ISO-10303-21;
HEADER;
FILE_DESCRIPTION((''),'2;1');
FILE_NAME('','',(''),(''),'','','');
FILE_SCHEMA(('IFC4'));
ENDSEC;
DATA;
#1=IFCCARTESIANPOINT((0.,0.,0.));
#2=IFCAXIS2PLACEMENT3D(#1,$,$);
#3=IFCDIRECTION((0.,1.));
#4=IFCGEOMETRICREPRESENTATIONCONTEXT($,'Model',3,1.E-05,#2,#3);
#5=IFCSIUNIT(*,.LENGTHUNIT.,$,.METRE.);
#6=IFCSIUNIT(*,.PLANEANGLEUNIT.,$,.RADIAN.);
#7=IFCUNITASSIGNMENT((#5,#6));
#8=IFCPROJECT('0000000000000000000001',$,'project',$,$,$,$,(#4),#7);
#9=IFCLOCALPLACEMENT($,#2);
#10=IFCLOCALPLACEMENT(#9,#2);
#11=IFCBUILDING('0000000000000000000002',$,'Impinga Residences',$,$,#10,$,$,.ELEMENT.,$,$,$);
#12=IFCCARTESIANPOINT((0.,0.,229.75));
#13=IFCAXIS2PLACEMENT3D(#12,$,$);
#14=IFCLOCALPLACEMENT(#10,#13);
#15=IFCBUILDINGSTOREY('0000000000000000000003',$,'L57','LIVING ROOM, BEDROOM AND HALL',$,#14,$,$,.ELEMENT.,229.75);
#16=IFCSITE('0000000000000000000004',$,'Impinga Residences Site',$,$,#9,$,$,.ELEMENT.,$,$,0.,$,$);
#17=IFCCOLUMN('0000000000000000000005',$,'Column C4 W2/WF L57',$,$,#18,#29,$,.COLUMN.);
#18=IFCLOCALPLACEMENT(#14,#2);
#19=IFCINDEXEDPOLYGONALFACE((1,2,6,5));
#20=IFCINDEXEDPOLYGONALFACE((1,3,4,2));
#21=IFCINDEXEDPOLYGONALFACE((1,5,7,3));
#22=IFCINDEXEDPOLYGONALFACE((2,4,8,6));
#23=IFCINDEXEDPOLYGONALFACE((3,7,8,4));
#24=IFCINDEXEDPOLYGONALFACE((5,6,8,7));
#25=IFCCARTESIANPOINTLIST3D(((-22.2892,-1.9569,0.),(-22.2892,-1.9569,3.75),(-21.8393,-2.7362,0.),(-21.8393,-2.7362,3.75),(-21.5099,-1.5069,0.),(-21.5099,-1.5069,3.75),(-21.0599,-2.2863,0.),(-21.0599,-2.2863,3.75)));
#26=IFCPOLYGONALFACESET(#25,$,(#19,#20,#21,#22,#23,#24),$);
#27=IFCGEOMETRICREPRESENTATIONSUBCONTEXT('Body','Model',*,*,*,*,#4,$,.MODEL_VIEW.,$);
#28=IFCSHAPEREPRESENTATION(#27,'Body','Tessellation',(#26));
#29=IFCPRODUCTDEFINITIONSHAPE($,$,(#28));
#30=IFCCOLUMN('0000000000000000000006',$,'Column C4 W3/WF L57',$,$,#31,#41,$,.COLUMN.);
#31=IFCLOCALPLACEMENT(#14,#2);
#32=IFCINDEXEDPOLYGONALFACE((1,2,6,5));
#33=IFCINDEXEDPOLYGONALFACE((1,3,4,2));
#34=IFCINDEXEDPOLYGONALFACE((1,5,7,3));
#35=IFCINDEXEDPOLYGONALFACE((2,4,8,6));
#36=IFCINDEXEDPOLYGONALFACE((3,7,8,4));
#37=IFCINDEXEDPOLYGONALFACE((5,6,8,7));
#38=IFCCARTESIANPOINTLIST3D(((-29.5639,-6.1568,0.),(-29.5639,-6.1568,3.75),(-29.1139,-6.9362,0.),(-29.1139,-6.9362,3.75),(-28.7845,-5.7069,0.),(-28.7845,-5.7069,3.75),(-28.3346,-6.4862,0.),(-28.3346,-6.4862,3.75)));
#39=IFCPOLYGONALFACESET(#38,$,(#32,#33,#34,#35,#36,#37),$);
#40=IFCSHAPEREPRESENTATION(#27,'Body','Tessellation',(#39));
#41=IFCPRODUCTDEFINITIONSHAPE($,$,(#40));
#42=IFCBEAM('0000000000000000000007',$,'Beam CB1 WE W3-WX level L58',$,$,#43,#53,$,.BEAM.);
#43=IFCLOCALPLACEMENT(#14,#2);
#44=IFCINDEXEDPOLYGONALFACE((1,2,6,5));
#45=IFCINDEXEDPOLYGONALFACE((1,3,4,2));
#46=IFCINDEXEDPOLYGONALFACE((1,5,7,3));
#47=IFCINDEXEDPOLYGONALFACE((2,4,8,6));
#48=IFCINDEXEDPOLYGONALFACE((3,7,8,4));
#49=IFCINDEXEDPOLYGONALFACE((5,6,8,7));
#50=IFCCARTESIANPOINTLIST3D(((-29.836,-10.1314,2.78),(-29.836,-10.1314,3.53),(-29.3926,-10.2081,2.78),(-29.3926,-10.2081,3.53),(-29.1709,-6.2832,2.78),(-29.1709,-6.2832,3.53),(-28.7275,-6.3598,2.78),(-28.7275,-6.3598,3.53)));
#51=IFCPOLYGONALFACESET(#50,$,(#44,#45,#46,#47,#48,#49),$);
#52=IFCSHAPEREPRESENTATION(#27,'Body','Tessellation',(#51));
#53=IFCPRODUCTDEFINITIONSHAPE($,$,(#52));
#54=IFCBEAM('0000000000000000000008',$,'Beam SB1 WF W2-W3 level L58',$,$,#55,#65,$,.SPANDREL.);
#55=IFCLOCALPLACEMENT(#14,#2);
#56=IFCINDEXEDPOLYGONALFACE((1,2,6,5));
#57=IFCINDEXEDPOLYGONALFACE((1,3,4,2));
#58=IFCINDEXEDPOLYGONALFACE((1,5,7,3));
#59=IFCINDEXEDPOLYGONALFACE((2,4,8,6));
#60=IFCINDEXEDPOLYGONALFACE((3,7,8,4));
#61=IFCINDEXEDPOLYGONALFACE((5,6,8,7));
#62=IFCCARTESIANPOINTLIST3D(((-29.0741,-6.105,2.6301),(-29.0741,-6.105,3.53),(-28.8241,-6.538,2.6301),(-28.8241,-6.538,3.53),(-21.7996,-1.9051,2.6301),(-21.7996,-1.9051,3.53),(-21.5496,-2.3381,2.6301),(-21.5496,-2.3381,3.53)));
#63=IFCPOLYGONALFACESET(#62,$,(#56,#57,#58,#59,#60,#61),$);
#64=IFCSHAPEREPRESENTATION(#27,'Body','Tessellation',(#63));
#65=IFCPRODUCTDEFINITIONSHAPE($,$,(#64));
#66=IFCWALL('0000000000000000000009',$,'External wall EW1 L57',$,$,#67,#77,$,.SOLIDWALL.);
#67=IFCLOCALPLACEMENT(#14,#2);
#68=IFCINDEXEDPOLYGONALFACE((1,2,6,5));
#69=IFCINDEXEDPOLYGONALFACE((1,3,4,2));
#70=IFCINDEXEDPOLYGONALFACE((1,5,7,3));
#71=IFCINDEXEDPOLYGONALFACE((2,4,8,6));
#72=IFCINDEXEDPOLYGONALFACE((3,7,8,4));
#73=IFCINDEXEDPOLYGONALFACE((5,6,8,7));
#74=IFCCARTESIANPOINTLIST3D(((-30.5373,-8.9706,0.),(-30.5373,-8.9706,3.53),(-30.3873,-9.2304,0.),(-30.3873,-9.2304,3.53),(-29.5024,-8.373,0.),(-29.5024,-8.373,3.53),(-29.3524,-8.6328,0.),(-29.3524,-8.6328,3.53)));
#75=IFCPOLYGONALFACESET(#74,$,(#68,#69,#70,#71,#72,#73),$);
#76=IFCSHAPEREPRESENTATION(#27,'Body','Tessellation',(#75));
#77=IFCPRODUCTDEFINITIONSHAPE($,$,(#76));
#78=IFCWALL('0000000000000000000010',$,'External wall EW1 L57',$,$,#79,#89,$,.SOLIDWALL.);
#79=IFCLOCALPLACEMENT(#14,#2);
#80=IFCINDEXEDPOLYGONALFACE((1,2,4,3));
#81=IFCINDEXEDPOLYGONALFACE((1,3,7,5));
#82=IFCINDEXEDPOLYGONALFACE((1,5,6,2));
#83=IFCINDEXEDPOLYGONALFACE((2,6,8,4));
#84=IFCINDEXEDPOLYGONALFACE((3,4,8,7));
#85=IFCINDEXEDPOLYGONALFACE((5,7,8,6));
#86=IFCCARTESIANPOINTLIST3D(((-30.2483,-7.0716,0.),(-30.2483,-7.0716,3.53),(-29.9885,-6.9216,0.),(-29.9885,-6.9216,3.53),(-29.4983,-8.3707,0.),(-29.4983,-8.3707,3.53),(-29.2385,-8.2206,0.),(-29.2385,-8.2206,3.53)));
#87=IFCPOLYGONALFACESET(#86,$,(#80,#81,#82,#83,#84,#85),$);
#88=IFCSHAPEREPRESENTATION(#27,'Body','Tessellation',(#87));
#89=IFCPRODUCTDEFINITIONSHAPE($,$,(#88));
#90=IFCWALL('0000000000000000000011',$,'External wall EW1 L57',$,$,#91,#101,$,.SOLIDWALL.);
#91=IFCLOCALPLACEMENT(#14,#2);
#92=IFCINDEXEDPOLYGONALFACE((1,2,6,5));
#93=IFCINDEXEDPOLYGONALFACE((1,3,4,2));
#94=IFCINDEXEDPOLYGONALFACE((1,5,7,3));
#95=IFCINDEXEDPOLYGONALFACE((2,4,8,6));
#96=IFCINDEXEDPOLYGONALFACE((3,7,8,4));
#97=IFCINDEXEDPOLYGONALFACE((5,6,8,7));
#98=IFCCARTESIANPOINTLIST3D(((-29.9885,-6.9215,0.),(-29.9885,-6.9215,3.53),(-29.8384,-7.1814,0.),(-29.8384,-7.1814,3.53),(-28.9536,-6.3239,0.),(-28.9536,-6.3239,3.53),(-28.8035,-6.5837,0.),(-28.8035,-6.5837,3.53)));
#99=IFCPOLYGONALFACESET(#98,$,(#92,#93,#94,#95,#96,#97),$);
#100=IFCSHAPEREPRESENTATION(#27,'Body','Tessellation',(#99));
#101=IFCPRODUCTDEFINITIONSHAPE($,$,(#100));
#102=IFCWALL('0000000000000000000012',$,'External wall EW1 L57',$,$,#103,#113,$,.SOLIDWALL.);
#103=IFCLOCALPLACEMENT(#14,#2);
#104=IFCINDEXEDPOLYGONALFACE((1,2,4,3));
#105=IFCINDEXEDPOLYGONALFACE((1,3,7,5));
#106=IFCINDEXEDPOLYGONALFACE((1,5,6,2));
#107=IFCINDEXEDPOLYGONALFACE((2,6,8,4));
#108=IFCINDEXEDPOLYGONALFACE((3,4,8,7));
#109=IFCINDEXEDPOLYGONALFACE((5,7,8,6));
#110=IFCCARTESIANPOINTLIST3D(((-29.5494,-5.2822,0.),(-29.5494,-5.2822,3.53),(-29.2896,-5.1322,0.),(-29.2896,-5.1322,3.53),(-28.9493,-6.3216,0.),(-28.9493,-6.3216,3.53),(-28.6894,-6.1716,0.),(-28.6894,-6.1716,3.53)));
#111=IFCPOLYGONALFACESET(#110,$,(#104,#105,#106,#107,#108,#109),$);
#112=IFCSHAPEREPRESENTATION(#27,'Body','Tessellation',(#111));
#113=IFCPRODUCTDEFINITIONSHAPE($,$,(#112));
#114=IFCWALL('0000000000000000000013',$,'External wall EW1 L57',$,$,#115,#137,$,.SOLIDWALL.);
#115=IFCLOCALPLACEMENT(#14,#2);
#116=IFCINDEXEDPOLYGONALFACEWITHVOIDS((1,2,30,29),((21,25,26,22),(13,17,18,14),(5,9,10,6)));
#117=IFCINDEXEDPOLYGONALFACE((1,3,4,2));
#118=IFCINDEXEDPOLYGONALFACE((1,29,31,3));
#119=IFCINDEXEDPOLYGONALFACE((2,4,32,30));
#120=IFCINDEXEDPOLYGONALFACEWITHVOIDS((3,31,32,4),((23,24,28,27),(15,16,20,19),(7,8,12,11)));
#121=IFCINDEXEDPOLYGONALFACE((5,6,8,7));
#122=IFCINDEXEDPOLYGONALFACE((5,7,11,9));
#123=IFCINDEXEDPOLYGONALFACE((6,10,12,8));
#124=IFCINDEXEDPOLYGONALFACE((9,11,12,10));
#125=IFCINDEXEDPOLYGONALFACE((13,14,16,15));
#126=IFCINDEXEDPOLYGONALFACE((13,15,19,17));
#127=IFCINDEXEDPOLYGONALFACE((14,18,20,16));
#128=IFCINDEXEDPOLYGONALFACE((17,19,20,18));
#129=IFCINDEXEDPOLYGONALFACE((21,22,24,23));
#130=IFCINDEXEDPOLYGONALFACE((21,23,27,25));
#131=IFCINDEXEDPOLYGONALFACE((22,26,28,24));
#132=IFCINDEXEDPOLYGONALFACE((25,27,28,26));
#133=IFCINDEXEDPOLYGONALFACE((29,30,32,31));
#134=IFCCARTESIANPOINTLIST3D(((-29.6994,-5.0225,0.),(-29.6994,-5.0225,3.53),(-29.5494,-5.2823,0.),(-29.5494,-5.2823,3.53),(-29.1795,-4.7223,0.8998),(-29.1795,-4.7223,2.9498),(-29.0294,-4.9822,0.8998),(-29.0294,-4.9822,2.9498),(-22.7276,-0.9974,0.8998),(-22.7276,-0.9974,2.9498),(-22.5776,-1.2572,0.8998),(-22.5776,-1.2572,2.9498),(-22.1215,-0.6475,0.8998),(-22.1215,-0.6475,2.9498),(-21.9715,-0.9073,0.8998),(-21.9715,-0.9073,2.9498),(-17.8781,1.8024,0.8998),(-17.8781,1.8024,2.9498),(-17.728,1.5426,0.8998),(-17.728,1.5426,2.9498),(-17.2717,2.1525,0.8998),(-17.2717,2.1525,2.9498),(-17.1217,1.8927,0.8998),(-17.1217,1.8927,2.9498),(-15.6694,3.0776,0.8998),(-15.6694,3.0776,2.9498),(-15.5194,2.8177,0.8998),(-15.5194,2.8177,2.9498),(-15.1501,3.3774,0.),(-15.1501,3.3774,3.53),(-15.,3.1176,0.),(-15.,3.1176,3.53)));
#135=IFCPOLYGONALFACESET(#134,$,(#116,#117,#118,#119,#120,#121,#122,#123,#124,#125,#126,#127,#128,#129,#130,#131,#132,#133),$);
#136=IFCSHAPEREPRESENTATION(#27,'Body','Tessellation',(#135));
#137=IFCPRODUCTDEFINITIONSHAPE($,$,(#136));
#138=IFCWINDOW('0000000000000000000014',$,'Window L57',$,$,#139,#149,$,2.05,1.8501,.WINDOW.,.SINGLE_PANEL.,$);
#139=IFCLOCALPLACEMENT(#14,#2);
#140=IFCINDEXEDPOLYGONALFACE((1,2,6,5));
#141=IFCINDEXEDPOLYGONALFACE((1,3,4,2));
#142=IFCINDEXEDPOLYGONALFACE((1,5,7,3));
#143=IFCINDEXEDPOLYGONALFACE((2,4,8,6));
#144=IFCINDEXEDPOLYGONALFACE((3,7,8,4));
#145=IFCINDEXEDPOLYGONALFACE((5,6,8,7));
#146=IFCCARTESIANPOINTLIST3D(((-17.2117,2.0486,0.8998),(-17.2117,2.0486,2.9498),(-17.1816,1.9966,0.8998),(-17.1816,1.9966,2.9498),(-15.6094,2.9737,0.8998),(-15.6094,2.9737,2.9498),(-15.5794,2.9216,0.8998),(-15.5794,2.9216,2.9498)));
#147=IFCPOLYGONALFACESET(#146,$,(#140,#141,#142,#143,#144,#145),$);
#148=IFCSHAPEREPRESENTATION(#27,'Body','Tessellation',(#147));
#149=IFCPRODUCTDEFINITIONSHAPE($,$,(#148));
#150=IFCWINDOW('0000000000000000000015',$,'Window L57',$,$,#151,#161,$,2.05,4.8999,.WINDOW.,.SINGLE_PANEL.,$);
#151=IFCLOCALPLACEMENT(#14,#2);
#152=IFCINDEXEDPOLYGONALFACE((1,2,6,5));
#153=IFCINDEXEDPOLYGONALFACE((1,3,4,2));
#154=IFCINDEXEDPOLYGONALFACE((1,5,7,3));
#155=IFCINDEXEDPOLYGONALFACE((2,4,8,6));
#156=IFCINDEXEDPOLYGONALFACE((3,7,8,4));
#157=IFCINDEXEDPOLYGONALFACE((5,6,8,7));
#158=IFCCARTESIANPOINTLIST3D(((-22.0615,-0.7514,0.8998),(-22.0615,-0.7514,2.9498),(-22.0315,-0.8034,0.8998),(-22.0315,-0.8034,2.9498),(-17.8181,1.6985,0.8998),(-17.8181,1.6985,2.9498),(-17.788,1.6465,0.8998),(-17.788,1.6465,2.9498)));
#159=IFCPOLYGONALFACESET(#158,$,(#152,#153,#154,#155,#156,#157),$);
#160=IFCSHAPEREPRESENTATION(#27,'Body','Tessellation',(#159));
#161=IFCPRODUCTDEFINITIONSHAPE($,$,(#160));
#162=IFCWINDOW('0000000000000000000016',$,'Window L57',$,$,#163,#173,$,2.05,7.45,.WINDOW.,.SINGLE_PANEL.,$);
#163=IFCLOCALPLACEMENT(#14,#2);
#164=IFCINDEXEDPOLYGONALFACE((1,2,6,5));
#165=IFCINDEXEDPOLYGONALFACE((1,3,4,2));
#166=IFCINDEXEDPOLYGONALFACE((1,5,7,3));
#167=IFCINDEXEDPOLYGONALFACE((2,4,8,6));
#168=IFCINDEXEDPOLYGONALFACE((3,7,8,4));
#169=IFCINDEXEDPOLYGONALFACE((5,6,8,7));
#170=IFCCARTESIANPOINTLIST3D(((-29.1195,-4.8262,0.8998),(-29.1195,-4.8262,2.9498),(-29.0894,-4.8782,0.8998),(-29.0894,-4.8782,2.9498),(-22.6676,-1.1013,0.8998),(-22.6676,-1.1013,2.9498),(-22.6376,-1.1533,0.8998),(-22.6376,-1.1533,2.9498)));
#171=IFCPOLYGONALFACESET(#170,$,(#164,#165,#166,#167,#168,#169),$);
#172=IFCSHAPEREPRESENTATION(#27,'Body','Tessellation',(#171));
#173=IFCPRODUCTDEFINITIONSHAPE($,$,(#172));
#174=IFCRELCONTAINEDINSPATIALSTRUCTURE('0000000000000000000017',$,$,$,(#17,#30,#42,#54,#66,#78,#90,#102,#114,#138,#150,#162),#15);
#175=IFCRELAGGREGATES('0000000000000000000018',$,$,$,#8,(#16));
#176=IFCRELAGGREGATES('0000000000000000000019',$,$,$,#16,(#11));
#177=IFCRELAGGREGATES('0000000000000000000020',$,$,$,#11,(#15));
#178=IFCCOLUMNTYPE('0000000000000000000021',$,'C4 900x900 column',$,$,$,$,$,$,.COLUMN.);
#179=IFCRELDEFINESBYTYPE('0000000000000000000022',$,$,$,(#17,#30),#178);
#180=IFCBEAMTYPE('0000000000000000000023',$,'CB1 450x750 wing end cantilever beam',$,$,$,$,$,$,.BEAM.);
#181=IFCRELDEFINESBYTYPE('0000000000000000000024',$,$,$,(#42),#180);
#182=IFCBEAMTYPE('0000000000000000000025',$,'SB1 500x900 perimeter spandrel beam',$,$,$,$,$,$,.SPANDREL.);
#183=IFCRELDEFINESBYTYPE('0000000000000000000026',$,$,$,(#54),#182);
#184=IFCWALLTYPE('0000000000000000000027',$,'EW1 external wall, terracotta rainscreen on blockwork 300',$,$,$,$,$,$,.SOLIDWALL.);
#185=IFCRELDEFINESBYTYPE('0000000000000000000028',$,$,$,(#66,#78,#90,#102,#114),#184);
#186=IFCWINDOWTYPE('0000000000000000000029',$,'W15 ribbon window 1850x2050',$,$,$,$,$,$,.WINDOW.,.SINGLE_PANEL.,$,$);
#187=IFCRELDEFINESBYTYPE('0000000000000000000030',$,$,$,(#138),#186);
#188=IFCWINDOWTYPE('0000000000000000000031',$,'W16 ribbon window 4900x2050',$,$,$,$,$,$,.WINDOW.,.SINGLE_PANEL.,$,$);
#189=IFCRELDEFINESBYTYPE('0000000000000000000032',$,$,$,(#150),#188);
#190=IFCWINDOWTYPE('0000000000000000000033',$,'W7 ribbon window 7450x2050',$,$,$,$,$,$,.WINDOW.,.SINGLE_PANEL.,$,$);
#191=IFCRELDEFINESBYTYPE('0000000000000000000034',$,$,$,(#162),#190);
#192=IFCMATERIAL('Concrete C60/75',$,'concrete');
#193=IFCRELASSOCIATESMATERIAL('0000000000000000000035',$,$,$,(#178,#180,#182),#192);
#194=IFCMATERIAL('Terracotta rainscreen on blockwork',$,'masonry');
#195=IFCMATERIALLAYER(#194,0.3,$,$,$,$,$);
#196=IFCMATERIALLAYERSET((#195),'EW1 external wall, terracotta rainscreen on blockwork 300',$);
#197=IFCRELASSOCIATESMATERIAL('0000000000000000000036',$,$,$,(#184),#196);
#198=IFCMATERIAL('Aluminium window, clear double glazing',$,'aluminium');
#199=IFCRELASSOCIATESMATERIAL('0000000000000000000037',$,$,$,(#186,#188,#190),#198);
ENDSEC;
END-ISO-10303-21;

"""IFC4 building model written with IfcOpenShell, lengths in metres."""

from ifc_helpers import new_model, si_unit, direction, frame, frame_2d, origin, origin_2d, place, context, subcontext, project, spatial, rectangle, extrude, material, layer, layer_set, material_profile, profile_set, type_object, element, fill, save


model = new_model("IFC4")

# Units and contexts
model_context = context("Model", 3, precision=1e-05, world=origin(), true_north=direction((0.0, 1.0)))
body_context = subcontext(model_context, "Body", "Model", "MODEL_VIEW")
ifc_project = project(units=[si_unit("LENGTHUNIT", "METRE"), si_unit("PLANEANGLEUNIT", "RADIAN")], contexts=[model_context])

# Site, building, storey
site_placement = place(None, origin())
site = spatial("IfcSite", under=ifc_project, at=site_placement, Name="Impinga Residences Site", CompositionType="ELEMENT", RefElevation=0.0)
building_placement = place(site_placement, origin())
building = spatial("IfcBuilding", under=site, at=building_placement, Name="Impinga Residences", CompositionType="ELEMENT")
storey_placement = place(building_placement, frame((0.0, 0.0, 229.75)))
storey = spatial("IfcBuildingStorey", under=building, at=storey_placement, Name="L57", Description="LIVING ROOM, BEDROOM AND HALL", CompositionType="ELEMENT", Elevation=229.75)

# Columns
ifc_material_1 = material(Name="Concrete C60/75", Category="concrete")
ifc_material_profile_1 = material_profile(ifc_material_1, rectangle(XDim=0.8999, YDim=0.8999, at=origin_2d()), Name="RC 900x900")
ifc_profile_set_1 = profile_set([ifc_material_profile_1], Name="Concrete C60/75")
column_type = type_object("IfcColumnType", Name="C4 900x900 column", PredefinedType="COLUMN", material=ifc_profile_set_1)
for number, where, z_axis, x_axis, name in (
    (1, (-21.6746, -2.1216, 0.0), (0.0, 0.0, 1.0), (-0.5, 0.866025, 0.0), "Column C4 W2/WF L57"),
    (2, (-28.9492, -6.3215, 0.0), (0.0, 0.0, 1.0), (-0.5, 0.866025, 0.0), "Column C4 W3/WF L57"),
):
    element("IfcColumn", number, at=place(storey_placement, frame(where, z_axis=z_axis, x_axis=x_axis)), inside=storey, type_object=column_type, Name=name, PredefinedType="COLUMN", context=body_context, shape_type="SweptSolid", body=[
        extrude(rectangle(XDim=0.8999, YDim=0.8999, at=origin_2d()), origin(), (0.0, 0.0, 1.0), 3.75),
    ])

# Beams
ifc_material_profile_2 = material_profile(ifc_material_1, rectangle(XDim=0.45, YDim=0.75, at=origin_2d()), Name="RC 450x750")
ifc_profile_set_2 = profile_set([ifc_material_profile_2], Name="Concrete C60/75")
beam_type_1 = type_object("IfcBeamType", Name="CB1 450x750 wing end cantilever beam", PredefinedType="BEAM", material=ifc_profile_set_2)
beam_1_placement = place(storey_placement, frame((-28.9492, -6.3215, 3.155), z_axis=(-0.170296, -0.985393, 0.0), x_axis=(0.985393, -0.170296, 0.0)))
element("IfcBeam", 3, at=beam_1_placement, inside=storey, type_object=beam_type_1, Name="Beam CB1 WE W3-WX level L58", PredefinedType="BEAM", context=body_context, shape_type="SweptSolid", body=[
    extrude(rectangle(XDim=0.45, YDim=0.75, at=origin_2d()), origin(), (0.0, 0.0, 1.0), 3.9053),
])
ifc_material_profile_3 = material_profile(ifc_material_1, rectangle(XDim=0.5, YDim=0.8999, at=origin_2d()), Name="RC 500x900")
ifc_profile_set_3 = profile_set([ifc_material_profile_3], Name="Concrete C60/75")
beam_type_2 = type_object("IfcBeamType", Name="SB1 500x900 perimeter spandrel beam", PredefinedType="SPANDREL", material=ifc_profile_set_3)
beam_2_placement = place(storey_placement, frame((-21.6746, -2.1216, 3.0801), z_axis=(-0.866029, -0.499993, 0.0), x_axis=(0.499993, -0.866029, 0.0)))
element("IfcBeam", 4, at=beam_2_placement, inside=storey, type_object=beam_type_2, Name="Beam SB1 WF W2-W3 level L58", PredefinedType="SPANDREL", context=body_context, shape_type="SweptSolid", body=[
    extrude(rectangle(XDim=0.5, YDim=0.8999, at=origin_2d()), origin(), (0.0, 0.0, 1.0), 8.3999),
])

# Walls
ifc_material_2 = material(Name="Terracotta rainscreen on blockwork", Category="masonry")
ifc_layer_1 = layer(ifc_material_2, 0.3)
ifc_layer_set_1 = layer_set([ifc_layer_1], Name="EW1 external wall, terracotta rainscreen on blockwork 300")
wall_type_1 = type_object("IfcWallType", Name="EW1 external wall, terracotta rainscreen on blockwork 300", PredefinedType="SOLIDWALL", material=ifc_layer_set_1)
wall_1_placement = place(storey_placement, frame((-30.4624, -9.1006, 0.0), z_axis=(0.0, 0.0, 1.0), x_axis=(0.865971, 0.500094, 0.0)))
element("IfcWall", 5, at=wall_1_placement, inside=storey, type_object=wall_type_1, Name="External wall EW1 L57", PredefinedType="SOLIDWALL", context=body_context, shape_type="SweptSolid", body=[
    extrude(rectangle(XDim=1.1951, YDim=0.3, at=frame_2d((0.5977, 0.0))), origin(), (0.0, 0.0, 1.0), 3.53),
])
wall_2_placement = place(storey_placement, frame((-29.3684, -8.2957, 0.0), z_axis=(0.0, 0.0, 1.0), x_axis=(-0.49999, 0.866031, 0.0)))
element("IfcWall", 6, at=wall_2_placement, inside=storey, type_object=wall_type_1, Name="External wall EW1 L57", PredefinedType="SOLIDWALL", context=body_context, shape_type="SweptSolid", body=[
    extrude(rectangle(XDim=1.5, YDim=0.3, at=frame_2d((0.75, 0.0))), origin(), (0.0, 0.0, 1.0), 3.53),
])
wall_3_placement = place(storey_placement, frame((-29.9136, -7.0515, 0.0), z_axis=(0.0, 0.0, 1.0), x_axis=(0.865971, 0.500094, 0.0)))
element("IfcWall", 7, at=wall_3_placement, inside=storey, type_object=wall_type_1, Name="External wall EW1 L57", PredefinedType="SOLIDWALL", context=body_context, shape_type="SweptSolid", body=[
    extrude(rectangle(XDim=1.1951, YDim=0.3, at=frame_2d((0.5977, 0.0))), origin(), (0.0, 0.0, 1.0), 3.53),
])
wall_4_placement = place(storey_placement, frame((-28.8193, -6.2466, 0.0), z_axis=(0.0, 0.0, 1.0), x_axis=(-0.500034, 0.866006, 0.0)))
element("IfcWall", 8, at=wall_4_placement, inside=storey, type_object=wall_type_1, Name="External wall EW1 L57", PredefinedType="SOLIDWALL", context=body_context, shape_type="SweptSolid", body=[
    extrude(rectangle(XDim=1.2002, YDim=0.3, at=frame_2d((0.6001, 0.0))), origin(), (0.0, 0.0, 1.0), 3.53),
])

# Wall, openings, windows
wall_5_placement = place(storey_placement, frame((-29.6243, -5.1523, 0.0), z_axis=(0.0, 0.0, 1.0), x_axis=(0.866029, 0.499993, 0.0)))
wall_5 = element("IfcWall", 9, at=wall_5_placement, inside=storey, type_object=wall_type_1, Name="External wall EW1 L57", PredefinedType="SOLIDWALL", context=body_context, shape_type="SweptSolid", body=[
    extrude(rectangle(XDim=16.8, YDim=0.3, at=frame_2d((8.3999, 0.0))), origin(), (0.0, 0.0, 1.0), 3.53),
])
opening_1_placement = place(wall_5_placement, frame((0.6001, 0.0, 0.8999)))
opening_1 = element("IfcOpeningElement", 10, at=opening_1_placement, cuts=wall_5, PredefinedType="OPENING", context=body_context, shape_type="SweptSolid", body=[
    extrude(rectangle(XDim=7.45, YDim=2.05, at=frame_2d((3.7251, 1.0249))), frame((0.0, 0.1599, 0.0), z_axis=(0.0, -1.0, 0.0), x_axis=(1.0, 0.0, 0.0)), (0.0, 0.0, 1.0), 0.3201),
])
opening_2_placement = place(wall_5_placement, frame((8.75, 0.0, 0.8999)))
opening_2 = element("IfcOpeningElement", 11, at=opening_2_placement, cuts=wall_5, PredefinedType="OPENING", context=body_context, shape_type="SweptSolid", body=[
    extrude(rectangle(XDim=4.8999, YDim=2.05, at=frame_2d((2.45, 1.0249))), frame((0.0, 0.1599, 0.0), z_axis=(0.0, -1.0, 0.0), x_axis=(1.0, 0.0, 0.0)), (0.0, 0.0, 1.0), 0.3201),
])
opening_3_placement = place(wall_5_placement, frame((14.3501, 0.0, 0.8999)))
opening_3 = element("IfcOpeningElement", 12, at=opening_3_placement, cuts=wall_5, PredefinedType="OPENING", context=body_context, shape_type="SweptSolid", body=[
    extrude(rectangle(XDim=1.8501, YDim=2.05, at=frame_2d((0.925, 1.0249))), frame((0.0, 0.1599, 0.0), z_axis=(0.0, -1.0, 0.0), x_axis=(1.0, 0.0, 0.0)), (0.0, 0.0, 1.0), 0.3201),
])
ifc_material_3 = material(Name="Aluminium window, clear double glazing", Category="aluminium")
window_type_1 = type_object("IfcWindowType", Name="W15 ribbon window 1850x2050", PartitioningType="SINGLE_PANEL", PredefinedType="WINDOW", material=ifc_material_3)
window_1_placement = place(opening_3_placement, origin())
window_1 = element("IfcWindow", 13, at=window_1_placement, inside=storey, type_object=window_type_1, Name="Window L57", OverallHeight=2.05, OverallWidth=1.8501, PartitioningType="SINGLE_PANEL", PredefinedType="WINDOW", context=body_context, shape_type="SweptSolid", body=[
    extrude(rectangle(XDim=1.8501, YDim=2.05, at=frame_2d((0.925, 1.0249))), frame((0.0, 0.03, 0.0), z_axis=(0.0, -1.0, 0.0), x_axis=(1.0, 0.0, 0.0)), (0.0, 0.0, 1.0), 0.0601),
])
fill(opening_3, window_1)
window_type_2 = type_object("IfcWindowType", Name="W16 ribbon window 4900x2050", PartitioningType="SINGLE_PANEL", PredefinedType="WINDOW", material=ifc_material_3)
window_2_placement = place(opening_2_placement, origin())
window_2 = element("IfcWindow", 14, at=window_2_placement, inside=storey, type_object=window_type_2, Name="Window L57", OverallHeight=2.05, OverallWidth=4.8999, PartitioningType="SINGLE_PANEL", PredefinedType="WINDOW", context=body_context, shape_type="SweptSolid", body=[
    extrude(rectangle(XDim=4.8999, YDim=2.05, at=frame_2d((2.45, 1.0249))), frame((0.0, 0.03, 0.0), z_axis=(0.0, -1.0, 0.0), x_axis=(1.0, 0.0, 0.0)), (0.0, 0.0, 1.0), 0.0601),
])
fill(opening_2, window_2)
window_type_3 = type_object("IfcWindowType", Name="W7 ribbon window 7450x2050", PartitioningType="SINGLE_PANEL", PredefinedType="WINDOW", material=ifc_material_3)
window_3_placement = place(opening_1_placement, origin())
window_3 = element("IfcWindow", 15, at=window_3_placement, inside=storey, type_object=window_type_3, Name="Window L57", OverallHeight=2.05, OverallWidth=7.45, PartitioningType="SINGLE_PANEL", PredefinedType="WINDOW", context=body_context, shape_type="SweptSolid", body=[
    extrude(rectangle(XDim=7.45, YDim=2.05, at=frame_2d((3.7251, 1.0249))), frame((0.0, 0.03, 0.0), z_axis=(0.0, -1.0, 0.0), x_axis=(1.0, 0.0, 0.0)), (0.0, 0.0, 1.0), 0.0601),
])
fill(opening_1, window_3)

save(model, "model.ifc")
